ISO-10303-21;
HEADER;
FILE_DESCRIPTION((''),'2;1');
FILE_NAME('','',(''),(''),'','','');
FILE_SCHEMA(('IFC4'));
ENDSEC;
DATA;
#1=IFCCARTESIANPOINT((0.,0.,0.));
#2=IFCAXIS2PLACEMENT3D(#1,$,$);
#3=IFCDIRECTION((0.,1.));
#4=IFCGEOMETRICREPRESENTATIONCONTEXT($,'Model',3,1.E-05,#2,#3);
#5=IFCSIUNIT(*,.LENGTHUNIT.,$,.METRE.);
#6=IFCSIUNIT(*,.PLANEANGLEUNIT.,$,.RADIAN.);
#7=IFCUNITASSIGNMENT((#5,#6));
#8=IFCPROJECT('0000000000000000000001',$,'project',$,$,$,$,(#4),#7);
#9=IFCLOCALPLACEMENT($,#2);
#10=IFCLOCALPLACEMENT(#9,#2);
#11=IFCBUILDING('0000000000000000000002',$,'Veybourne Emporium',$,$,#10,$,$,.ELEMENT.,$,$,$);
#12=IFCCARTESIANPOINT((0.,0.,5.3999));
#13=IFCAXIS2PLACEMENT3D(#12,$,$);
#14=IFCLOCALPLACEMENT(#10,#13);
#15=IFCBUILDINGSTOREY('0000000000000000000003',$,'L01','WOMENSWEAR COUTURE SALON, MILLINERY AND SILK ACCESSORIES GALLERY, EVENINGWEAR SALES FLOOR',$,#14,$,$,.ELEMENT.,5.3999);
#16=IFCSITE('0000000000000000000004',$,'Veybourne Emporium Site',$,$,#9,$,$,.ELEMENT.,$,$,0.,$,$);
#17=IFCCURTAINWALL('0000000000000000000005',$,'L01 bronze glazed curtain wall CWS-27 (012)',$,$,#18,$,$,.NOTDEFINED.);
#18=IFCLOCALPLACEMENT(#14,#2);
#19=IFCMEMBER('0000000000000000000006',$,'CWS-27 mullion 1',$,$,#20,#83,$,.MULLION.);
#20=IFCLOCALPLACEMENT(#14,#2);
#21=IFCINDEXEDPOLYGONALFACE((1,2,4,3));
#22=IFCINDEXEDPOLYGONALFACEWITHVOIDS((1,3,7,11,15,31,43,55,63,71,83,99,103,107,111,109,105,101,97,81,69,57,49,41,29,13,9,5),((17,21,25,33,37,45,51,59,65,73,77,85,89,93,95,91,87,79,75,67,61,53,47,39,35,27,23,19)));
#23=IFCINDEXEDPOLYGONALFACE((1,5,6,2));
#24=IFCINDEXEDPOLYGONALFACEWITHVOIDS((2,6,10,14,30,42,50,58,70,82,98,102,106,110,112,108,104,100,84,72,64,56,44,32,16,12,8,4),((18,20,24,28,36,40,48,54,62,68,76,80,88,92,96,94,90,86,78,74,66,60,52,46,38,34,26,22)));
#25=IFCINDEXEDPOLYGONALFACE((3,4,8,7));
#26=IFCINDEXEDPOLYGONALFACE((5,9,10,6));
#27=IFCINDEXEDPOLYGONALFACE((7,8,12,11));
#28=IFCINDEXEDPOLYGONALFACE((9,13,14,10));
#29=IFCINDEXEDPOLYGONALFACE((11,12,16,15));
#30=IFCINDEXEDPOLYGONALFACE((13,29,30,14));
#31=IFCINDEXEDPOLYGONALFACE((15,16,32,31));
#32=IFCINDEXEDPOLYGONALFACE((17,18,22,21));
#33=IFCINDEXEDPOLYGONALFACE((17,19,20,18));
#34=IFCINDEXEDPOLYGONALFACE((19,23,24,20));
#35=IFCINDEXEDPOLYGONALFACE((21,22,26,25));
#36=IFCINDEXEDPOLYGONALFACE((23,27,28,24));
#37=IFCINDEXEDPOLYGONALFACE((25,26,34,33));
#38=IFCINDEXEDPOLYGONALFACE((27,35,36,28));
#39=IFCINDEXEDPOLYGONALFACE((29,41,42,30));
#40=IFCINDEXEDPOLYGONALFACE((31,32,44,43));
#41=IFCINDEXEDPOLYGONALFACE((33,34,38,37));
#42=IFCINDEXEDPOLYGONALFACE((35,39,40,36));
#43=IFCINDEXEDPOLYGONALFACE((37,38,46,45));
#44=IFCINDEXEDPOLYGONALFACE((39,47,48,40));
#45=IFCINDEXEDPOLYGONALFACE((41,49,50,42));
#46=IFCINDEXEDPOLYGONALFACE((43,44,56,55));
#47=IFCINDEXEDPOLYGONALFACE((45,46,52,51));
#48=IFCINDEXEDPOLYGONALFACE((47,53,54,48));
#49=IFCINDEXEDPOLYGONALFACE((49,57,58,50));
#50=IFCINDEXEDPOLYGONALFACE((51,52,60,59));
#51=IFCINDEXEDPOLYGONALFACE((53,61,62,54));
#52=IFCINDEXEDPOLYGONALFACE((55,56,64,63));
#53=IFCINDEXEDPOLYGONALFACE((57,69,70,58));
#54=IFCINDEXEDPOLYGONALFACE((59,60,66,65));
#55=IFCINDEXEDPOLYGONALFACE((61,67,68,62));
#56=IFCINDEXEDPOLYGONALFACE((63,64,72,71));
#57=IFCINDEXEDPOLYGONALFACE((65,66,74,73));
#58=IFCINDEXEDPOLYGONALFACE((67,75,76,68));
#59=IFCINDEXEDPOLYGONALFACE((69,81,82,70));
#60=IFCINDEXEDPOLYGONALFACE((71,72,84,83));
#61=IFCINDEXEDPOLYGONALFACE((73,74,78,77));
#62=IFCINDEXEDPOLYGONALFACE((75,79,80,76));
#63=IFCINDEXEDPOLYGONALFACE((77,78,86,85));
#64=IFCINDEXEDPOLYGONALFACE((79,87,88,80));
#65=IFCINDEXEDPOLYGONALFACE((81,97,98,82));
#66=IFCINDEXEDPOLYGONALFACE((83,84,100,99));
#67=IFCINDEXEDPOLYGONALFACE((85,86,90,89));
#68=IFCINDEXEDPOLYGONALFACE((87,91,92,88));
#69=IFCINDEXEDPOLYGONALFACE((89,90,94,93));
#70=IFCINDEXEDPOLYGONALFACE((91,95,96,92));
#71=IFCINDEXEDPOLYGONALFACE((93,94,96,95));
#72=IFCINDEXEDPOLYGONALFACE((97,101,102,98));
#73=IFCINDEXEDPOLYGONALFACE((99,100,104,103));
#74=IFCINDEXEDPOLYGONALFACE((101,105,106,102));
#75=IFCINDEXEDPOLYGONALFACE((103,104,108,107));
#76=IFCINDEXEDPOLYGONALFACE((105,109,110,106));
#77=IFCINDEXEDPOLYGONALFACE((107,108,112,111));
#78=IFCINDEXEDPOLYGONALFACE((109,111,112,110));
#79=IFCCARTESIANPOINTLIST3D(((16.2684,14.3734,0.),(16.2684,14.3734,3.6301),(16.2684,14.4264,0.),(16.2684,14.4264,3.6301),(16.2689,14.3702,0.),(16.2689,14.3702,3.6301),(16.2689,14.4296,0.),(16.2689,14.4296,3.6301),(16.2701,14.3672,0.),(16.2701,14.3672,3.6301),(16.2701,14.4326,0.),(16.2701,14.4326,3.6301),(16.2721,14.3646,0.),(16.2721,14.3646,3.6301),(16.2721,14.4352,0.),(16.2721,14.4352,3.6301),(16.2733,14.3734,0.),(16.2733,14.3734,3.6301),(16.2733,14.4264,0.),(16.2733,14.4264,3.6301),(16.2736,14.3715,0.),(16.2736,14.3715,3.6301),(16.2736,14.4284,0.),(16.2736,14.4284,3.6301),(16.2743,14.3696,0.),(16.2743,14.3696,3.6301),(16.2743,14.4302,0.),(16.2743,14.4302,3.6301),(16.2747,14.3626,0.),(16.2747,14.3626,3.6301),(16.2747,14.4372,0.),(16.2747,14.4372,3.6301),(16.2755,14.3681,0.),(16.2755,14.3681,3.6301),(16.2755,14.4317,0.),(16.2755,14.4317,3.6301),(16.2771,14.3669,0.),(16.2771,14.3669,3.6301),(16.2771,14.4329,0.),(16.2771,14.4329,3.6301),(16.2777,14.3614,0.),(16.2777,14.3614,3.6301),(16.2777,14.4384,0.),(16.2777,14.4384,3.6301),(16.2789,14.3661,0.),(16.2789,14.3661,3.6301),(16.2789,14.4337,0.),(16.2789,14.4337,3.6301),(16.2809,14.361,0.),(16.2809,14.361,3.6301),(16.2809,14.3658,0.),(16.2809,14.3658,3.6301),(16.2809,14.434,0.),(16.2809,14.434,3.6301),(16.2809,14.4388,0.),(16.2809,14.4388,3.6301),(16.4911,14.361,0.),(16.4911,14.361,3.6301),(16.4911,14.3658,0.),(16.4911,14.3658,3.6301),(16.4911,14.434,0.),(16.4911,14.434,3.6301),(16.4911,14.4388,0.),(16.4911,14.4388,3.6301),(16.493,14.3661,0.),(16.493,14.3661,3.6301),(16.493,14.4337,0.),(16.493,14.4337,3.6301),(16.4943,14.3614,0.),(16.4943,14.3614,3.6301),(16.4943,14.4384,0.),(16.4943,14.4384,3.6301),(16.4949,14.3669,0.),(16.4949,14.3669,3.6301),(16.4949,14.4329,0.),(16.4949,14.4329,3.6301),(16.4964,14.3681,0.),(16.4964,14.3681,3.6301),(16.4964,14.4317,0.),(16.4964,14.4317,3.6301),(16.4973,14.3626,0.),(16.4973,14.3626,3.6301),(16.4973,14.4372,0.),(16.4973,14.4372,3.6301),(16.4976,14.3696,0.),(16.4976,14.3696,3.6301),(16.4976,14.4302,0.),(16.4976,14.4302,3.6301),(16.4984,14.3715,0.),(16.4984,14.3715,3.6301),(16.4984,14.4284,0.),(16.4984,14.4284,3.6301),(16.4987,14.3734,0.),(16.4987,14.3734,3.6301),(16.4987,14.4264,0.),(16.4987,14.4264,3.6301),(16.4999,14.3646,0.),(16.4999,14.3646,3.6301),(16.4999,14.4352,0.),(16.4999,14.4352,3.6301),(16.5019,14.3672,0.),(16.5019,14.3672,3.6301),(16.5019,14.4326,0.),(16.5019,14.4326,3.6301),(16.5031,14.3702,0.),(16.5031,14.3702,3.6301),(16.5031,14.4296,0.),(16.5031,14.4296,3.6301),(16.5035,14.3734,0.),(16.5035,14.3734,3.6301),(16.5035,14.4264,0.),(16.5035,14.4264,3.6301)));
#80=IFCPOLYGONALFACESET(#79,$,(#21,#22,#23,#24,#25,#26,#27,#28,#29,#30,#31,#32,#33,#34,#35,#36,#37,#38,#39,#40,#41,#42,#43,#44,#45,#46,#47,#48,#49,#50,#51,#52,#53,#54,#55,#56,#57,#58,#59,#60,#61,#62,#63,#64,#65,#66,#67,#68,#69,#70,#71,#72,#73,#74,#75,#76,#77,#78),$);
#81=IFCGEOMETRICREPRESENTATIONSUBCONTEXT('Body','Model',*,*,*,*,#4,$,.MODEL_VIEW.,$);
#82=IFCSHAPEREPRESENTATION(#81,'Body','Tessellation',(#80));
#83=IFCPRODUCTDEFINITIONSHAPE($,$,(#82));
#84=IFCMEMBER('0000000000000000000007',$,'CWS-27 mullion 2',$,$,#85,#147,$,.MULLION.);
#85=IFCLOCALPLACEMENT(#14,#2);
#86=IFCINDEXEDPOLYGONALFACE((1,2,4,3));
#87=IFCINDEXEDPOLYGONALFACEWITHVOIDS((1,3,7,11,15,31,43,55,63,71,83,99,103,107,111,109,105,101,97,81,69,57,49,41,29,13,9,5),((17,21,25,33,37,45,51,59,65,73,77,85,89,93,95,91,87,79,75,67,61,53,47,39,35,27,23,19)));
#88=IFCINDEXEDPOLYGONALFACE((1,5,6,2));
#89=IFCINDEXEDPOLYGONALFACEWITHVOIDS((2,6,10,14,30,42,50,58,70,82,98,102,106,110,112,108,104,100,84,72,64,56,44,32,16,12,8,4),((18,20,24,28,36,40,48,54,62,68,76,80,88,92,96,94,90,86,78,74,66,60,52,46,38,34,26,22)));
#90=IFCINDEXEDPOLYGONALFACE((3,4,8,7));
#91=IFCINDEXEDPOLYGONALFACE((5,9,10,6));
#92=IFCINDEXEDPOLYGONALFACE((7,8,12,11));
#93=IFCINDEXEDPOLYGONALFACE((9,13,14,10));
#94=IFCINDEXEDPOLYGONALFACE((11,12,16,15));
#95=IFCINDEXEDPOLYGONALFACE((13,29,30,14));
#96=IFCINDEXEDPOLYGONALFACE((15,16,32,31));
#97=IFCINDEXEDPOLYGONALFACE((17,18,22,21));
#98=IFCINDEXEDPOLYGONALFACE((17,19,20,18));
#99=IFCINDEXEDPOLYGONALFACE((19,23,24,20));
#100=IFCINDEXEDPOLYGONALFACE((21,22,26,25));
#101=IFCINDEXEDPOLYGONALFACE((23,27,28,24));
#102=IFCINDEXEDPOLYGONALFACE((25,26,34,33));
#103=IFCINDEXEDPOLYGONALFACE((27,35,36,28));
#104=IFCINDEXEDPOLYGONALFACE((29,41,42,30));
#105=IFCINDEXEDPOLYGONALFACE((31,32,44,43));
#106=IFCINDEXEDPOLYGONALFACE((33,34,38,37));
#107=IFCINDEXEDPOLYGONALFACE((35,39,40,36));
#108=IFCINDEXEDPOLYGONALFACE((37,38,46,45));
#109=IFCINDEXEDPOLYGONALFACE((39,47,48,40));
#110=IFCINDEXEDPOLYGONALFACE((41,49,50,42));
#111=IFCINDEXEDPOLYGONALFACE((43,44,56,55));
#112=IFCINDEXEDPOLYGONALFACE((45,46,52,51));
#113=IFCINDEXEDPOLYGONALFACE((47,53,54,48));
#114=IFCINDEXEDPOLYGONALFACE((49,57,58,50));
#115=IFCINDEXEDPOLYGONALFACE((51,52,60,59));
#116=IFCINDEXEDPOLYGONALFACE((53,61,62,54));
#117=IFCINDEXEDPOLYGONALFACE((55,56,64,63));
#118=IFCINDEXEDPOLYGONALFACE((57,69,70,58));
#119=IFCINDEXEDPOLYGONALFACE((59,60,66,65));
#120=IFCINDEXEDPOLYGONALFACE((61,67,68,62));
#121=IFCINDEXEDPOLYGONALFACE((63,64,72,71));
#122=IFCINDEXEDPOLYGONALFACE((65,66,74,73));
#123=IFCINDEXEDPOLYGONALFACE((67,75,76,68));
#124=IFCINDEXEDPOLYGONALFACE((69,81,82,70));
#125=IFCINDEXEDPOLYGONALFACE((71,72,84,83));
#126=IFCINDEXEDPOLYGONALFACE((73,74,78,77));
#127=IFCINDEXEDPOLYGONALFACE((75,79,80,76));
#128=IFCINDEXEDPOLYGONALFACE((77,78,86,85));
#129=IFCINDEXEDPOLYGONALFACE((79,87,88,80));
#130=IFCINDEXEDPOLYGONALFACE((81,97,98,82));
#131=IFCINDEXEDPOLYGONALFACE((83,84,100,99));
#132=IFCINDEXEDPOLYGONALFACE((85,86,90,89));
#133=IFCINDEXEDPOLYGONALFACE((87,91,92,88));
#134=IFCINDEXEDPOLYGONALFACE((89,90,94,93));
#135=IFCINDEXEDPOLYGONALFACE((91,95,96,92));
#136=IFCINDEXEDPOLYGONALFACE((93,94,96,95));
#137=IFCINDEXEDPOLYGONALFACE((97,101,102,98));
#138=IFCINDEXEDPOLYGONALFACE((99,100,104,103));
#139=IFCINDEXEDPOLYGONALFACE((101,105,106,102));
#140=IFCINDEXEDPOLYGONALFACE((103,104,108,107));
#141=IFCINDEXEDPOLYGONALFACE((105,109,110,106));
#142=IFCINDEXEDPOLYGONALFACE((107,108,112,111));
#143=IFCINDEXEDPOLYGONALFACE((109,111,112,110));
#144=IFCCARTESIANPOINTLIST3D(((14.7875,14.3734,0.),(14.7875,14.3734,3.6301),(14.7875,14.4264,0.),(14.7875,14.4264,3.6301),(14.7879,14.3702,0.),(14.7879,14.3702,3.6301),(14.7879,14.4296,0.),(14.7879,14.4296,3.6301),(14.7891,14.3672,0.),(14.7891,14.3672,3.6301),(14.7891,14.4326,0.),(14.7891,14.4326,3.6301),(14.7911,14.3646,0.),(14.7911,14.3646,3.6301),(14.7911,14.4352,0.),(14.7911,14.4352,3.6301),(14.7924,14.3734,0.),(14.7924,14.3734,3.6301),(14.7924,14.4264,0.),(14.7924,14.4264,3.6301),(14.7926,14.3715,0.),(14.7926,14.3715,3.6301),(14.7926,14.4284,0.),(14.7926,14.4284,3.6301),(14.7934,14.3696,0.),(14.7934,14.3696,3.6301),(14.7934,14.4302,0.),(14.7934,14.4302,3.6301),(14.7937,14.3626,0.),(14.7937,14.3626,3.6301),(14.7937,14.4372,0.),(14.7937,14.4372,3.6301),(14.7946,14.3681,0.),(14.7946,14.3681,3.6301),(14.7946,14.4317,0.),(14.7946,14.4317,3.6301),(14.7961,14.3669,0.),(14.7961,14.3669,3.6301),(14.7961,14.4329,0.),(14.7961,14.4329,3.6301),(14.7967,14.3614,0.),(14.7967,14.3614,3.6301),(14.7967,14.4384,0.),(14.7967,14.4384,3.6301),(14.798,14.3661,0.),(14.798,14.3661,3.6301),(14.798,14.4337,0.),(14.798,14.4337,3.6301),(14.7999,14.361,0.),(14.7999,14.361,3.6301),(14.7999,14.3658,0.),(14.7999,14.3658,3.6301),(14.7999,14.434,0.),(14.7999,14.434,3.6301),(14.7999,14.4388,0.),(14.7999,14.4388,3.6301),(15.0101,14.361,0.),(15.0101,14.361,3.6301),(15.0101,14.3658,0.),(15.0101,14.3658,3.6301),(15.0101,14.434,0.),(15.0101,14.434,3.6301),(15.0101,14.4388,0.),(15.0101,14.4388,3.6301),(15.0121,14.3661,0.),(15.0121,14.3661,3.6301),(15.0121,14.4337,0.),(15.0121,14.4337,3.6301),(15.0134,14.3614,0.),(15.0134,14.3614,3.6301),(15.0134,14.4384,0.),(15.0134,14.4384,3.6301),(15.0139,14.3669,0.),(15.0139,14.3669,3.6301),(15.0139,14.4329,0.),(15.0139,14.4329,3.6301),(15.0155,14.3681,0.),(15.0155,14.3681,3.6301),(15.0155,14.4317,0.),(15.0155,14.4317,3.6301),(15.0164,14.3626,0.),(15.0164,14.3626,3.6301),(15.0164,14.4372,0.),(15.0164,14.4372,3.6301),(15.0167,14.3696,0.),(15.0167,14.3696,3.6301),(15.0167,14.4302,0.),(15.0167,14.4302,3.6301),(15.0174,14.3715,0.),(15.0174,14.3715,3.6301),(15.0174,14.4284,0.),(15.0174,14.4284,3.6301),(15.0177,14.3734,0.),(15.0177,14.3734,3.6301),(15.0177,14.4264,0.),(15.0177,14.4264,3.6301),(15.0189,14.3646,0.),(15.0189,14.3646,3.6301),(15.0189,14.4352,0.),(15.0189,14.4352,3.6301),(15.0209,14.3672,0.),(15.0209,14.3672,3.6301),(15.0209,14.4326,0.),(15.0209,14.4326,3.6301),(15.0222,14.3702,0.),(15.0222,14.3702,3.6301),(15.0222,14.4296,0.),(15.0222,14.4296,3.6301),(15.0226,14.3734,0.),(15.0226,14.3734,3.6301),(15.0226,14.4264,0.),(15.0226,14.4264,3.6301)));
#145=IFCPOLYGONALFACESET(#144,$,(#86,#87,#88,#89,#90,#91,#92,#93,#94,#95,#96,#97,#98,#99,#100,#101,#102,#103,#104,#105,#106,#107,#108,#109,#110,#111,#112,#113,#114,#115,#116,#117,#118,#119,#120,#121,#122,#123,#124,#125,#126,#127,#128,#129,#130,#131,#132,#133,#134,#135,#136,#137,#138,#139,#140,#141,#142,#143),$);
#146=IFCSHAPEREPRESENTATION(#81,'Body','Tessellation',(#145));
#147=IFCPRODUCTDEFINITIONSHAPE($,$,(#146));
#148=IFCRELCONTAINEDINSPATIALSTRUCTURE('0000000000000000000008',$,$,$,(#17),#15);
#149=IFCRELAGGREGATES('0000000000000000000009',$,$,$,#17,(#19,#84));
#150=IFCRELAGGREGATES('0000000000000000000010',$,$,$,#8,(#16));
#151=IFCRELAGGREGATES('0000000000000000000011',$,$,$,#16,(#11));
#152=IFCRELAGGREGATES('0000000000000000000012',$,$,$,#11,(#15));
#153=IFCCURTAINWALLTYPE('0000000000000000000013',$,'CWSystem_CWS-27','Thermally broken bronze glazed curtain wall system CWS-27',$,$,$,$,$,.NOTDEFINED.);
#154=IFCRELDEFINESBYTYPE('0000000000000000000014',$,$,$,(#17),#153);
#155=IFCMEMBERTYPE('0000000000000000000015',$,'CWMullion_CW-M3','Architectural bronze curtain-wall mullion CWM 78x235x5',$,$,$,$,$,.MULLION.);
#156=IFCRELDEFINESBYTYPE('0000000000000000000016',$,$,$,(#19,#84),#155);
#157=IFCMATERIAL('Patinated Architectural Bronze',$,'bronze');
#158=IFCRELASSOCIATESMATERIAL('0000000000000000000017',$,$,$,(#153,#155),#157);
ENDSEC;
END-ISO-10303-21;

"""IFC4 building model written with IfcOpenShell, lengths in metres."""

from ifc_helpers import new_model, si_unit, direction, frame, origin, origin_2d, place, context, subcontext, project, spatial, hollow_rectangle, extrude, material, material_profile, profile_set, type_object, element, aggregate, save


model = new_model("IFC4")

# Units and contexts
model_context = context("Model", 3, precision=1e-05, world=origin(), true_north=direction((0.0, 1.0)))
body_context = subcontext(model_context, "Body", "Model", "MODEL_VIEW")
ifc_project = project(units=[si_unit("LENGTHUNIT", "METRE"), si_unit("PLANEANGLEUNIT", "RADIAN")], contexts=[model_context])

# Site, building, storey
site_placement = place(None, origin())
site = spatial("IfcSite", under=ifc_project, at=site_placement, Name="Veybourne Emporium Site", CompositionType="ELEMENT", RefElevation=0.0)
building_placement = place(site_placement, origin())
building = spatial("IfcBuilding", under=site, at=building_placement, Name="Veybourne Emporium", CompositionType="ELEMENT")
storey_placement = place(building_placement, frame((0.0, 0.0, 5.3999)))
storey = spatial("IfcBuildingStorey", under=building, at=storey_placement, Name="L01", Description="WOMENSWEAR COUTURE SALON, MILLINERY AND SILK ACCESSORIES GALLERY, EVENINGWEAR SALES FLOOR", CompositionType="ELEMENT", Elevation=5.3999)

# Curtain wall, members
ifc_material_1 = material(Name="Patinated Architectural Bronze", Category="bronze")
curtain_wall_type = type_object("IfcCurtainWallType", Name="CWSystem_CWS-27", Description="Thermally broken bronze glazed curtain wall system CWS-27", PredefinedType="NOTDEFINED", material=ifc_material_1)
curtain_wall_placement = place(storey_placement, origin())
curtain_wall = element("IfcCurtainWall", 1, at=curtain_wall_placement, inside=storey, type_object=curtain_wall_type, Name="L01 bronze glazed curtain wall CWS-27 (012)", PredefinedType="NOTDEFINED")
ifc_material_profile_1 = material_profile(ifc_material_1, hollow_rectangle(XDim=0.0779, YDim=0.2351, WallThickness=0.0049, InnerFilletRadius=0.0076, OuterFilletRadius=0.0125, at=origin_2d()), Name="CWM 78x235x5")
ifc_profile_set_1 = profile_set([ifc_material_profile_1], Name="Patinated Architectural Bronze")
member_type_1 = type_object("IfcMemberType", Name="CWMullion_CW-M3", Description="Architectural bronze curtain-wall mullion CWM 78x235x5", PredefinedType="MULLION", material=ifc_profile_set_1)
member_1_placement = place(storey_placement, frame((16.386, 14.3999, 0.0), z_axis=(0.0, 0.0, 1.0), x_axis=(0.0, -1.0, 0.0)))
member_1 = element("IfcMember", 2, at=member_1_placement, type_object=member_type_1, Name="CWS-27 mullion 1", PredefinedType="MULLION", context=body_context, shape_type="SweptSolid", body=[
    extrude(hollow_rectangle(XDim=0.0779, YDim=0.2351, WallThickness=0.0049, InnerFilletRadius=0.0076, OuterFilletRadius=0.0125, at=origin_2d()), origin(), (0.0, 0.0, 1.0), 3.6301),
])
member_2_placement = place(storey_placement, frame((14.905, 14.3999, 0.0), z_axis=(0.0, 0.0, 1.0), x_axis=(0.0, -1.0, 0.0)))
member_2 = element("IfcMember", 3, at=member_2_placement, type_object=member_type_1, Name="CWS-27 mullion 2", PredefinedType="MULLION", context=body_context, shape_type="SweptSolid", body=[
    extrude(hollow_rectangle(XDim=0.0779, YDim=0.2351, WallThickness=0.0049, InnerFilletRadius=0.0076, OuterFilletRadius=0.0125, at=origin_2d()), origin(), (0.0, 0.0, 1.0), 3.6301),
])
aggregate(curtain_wall, [member_1, member_2])

save(model, "model.ifc")
